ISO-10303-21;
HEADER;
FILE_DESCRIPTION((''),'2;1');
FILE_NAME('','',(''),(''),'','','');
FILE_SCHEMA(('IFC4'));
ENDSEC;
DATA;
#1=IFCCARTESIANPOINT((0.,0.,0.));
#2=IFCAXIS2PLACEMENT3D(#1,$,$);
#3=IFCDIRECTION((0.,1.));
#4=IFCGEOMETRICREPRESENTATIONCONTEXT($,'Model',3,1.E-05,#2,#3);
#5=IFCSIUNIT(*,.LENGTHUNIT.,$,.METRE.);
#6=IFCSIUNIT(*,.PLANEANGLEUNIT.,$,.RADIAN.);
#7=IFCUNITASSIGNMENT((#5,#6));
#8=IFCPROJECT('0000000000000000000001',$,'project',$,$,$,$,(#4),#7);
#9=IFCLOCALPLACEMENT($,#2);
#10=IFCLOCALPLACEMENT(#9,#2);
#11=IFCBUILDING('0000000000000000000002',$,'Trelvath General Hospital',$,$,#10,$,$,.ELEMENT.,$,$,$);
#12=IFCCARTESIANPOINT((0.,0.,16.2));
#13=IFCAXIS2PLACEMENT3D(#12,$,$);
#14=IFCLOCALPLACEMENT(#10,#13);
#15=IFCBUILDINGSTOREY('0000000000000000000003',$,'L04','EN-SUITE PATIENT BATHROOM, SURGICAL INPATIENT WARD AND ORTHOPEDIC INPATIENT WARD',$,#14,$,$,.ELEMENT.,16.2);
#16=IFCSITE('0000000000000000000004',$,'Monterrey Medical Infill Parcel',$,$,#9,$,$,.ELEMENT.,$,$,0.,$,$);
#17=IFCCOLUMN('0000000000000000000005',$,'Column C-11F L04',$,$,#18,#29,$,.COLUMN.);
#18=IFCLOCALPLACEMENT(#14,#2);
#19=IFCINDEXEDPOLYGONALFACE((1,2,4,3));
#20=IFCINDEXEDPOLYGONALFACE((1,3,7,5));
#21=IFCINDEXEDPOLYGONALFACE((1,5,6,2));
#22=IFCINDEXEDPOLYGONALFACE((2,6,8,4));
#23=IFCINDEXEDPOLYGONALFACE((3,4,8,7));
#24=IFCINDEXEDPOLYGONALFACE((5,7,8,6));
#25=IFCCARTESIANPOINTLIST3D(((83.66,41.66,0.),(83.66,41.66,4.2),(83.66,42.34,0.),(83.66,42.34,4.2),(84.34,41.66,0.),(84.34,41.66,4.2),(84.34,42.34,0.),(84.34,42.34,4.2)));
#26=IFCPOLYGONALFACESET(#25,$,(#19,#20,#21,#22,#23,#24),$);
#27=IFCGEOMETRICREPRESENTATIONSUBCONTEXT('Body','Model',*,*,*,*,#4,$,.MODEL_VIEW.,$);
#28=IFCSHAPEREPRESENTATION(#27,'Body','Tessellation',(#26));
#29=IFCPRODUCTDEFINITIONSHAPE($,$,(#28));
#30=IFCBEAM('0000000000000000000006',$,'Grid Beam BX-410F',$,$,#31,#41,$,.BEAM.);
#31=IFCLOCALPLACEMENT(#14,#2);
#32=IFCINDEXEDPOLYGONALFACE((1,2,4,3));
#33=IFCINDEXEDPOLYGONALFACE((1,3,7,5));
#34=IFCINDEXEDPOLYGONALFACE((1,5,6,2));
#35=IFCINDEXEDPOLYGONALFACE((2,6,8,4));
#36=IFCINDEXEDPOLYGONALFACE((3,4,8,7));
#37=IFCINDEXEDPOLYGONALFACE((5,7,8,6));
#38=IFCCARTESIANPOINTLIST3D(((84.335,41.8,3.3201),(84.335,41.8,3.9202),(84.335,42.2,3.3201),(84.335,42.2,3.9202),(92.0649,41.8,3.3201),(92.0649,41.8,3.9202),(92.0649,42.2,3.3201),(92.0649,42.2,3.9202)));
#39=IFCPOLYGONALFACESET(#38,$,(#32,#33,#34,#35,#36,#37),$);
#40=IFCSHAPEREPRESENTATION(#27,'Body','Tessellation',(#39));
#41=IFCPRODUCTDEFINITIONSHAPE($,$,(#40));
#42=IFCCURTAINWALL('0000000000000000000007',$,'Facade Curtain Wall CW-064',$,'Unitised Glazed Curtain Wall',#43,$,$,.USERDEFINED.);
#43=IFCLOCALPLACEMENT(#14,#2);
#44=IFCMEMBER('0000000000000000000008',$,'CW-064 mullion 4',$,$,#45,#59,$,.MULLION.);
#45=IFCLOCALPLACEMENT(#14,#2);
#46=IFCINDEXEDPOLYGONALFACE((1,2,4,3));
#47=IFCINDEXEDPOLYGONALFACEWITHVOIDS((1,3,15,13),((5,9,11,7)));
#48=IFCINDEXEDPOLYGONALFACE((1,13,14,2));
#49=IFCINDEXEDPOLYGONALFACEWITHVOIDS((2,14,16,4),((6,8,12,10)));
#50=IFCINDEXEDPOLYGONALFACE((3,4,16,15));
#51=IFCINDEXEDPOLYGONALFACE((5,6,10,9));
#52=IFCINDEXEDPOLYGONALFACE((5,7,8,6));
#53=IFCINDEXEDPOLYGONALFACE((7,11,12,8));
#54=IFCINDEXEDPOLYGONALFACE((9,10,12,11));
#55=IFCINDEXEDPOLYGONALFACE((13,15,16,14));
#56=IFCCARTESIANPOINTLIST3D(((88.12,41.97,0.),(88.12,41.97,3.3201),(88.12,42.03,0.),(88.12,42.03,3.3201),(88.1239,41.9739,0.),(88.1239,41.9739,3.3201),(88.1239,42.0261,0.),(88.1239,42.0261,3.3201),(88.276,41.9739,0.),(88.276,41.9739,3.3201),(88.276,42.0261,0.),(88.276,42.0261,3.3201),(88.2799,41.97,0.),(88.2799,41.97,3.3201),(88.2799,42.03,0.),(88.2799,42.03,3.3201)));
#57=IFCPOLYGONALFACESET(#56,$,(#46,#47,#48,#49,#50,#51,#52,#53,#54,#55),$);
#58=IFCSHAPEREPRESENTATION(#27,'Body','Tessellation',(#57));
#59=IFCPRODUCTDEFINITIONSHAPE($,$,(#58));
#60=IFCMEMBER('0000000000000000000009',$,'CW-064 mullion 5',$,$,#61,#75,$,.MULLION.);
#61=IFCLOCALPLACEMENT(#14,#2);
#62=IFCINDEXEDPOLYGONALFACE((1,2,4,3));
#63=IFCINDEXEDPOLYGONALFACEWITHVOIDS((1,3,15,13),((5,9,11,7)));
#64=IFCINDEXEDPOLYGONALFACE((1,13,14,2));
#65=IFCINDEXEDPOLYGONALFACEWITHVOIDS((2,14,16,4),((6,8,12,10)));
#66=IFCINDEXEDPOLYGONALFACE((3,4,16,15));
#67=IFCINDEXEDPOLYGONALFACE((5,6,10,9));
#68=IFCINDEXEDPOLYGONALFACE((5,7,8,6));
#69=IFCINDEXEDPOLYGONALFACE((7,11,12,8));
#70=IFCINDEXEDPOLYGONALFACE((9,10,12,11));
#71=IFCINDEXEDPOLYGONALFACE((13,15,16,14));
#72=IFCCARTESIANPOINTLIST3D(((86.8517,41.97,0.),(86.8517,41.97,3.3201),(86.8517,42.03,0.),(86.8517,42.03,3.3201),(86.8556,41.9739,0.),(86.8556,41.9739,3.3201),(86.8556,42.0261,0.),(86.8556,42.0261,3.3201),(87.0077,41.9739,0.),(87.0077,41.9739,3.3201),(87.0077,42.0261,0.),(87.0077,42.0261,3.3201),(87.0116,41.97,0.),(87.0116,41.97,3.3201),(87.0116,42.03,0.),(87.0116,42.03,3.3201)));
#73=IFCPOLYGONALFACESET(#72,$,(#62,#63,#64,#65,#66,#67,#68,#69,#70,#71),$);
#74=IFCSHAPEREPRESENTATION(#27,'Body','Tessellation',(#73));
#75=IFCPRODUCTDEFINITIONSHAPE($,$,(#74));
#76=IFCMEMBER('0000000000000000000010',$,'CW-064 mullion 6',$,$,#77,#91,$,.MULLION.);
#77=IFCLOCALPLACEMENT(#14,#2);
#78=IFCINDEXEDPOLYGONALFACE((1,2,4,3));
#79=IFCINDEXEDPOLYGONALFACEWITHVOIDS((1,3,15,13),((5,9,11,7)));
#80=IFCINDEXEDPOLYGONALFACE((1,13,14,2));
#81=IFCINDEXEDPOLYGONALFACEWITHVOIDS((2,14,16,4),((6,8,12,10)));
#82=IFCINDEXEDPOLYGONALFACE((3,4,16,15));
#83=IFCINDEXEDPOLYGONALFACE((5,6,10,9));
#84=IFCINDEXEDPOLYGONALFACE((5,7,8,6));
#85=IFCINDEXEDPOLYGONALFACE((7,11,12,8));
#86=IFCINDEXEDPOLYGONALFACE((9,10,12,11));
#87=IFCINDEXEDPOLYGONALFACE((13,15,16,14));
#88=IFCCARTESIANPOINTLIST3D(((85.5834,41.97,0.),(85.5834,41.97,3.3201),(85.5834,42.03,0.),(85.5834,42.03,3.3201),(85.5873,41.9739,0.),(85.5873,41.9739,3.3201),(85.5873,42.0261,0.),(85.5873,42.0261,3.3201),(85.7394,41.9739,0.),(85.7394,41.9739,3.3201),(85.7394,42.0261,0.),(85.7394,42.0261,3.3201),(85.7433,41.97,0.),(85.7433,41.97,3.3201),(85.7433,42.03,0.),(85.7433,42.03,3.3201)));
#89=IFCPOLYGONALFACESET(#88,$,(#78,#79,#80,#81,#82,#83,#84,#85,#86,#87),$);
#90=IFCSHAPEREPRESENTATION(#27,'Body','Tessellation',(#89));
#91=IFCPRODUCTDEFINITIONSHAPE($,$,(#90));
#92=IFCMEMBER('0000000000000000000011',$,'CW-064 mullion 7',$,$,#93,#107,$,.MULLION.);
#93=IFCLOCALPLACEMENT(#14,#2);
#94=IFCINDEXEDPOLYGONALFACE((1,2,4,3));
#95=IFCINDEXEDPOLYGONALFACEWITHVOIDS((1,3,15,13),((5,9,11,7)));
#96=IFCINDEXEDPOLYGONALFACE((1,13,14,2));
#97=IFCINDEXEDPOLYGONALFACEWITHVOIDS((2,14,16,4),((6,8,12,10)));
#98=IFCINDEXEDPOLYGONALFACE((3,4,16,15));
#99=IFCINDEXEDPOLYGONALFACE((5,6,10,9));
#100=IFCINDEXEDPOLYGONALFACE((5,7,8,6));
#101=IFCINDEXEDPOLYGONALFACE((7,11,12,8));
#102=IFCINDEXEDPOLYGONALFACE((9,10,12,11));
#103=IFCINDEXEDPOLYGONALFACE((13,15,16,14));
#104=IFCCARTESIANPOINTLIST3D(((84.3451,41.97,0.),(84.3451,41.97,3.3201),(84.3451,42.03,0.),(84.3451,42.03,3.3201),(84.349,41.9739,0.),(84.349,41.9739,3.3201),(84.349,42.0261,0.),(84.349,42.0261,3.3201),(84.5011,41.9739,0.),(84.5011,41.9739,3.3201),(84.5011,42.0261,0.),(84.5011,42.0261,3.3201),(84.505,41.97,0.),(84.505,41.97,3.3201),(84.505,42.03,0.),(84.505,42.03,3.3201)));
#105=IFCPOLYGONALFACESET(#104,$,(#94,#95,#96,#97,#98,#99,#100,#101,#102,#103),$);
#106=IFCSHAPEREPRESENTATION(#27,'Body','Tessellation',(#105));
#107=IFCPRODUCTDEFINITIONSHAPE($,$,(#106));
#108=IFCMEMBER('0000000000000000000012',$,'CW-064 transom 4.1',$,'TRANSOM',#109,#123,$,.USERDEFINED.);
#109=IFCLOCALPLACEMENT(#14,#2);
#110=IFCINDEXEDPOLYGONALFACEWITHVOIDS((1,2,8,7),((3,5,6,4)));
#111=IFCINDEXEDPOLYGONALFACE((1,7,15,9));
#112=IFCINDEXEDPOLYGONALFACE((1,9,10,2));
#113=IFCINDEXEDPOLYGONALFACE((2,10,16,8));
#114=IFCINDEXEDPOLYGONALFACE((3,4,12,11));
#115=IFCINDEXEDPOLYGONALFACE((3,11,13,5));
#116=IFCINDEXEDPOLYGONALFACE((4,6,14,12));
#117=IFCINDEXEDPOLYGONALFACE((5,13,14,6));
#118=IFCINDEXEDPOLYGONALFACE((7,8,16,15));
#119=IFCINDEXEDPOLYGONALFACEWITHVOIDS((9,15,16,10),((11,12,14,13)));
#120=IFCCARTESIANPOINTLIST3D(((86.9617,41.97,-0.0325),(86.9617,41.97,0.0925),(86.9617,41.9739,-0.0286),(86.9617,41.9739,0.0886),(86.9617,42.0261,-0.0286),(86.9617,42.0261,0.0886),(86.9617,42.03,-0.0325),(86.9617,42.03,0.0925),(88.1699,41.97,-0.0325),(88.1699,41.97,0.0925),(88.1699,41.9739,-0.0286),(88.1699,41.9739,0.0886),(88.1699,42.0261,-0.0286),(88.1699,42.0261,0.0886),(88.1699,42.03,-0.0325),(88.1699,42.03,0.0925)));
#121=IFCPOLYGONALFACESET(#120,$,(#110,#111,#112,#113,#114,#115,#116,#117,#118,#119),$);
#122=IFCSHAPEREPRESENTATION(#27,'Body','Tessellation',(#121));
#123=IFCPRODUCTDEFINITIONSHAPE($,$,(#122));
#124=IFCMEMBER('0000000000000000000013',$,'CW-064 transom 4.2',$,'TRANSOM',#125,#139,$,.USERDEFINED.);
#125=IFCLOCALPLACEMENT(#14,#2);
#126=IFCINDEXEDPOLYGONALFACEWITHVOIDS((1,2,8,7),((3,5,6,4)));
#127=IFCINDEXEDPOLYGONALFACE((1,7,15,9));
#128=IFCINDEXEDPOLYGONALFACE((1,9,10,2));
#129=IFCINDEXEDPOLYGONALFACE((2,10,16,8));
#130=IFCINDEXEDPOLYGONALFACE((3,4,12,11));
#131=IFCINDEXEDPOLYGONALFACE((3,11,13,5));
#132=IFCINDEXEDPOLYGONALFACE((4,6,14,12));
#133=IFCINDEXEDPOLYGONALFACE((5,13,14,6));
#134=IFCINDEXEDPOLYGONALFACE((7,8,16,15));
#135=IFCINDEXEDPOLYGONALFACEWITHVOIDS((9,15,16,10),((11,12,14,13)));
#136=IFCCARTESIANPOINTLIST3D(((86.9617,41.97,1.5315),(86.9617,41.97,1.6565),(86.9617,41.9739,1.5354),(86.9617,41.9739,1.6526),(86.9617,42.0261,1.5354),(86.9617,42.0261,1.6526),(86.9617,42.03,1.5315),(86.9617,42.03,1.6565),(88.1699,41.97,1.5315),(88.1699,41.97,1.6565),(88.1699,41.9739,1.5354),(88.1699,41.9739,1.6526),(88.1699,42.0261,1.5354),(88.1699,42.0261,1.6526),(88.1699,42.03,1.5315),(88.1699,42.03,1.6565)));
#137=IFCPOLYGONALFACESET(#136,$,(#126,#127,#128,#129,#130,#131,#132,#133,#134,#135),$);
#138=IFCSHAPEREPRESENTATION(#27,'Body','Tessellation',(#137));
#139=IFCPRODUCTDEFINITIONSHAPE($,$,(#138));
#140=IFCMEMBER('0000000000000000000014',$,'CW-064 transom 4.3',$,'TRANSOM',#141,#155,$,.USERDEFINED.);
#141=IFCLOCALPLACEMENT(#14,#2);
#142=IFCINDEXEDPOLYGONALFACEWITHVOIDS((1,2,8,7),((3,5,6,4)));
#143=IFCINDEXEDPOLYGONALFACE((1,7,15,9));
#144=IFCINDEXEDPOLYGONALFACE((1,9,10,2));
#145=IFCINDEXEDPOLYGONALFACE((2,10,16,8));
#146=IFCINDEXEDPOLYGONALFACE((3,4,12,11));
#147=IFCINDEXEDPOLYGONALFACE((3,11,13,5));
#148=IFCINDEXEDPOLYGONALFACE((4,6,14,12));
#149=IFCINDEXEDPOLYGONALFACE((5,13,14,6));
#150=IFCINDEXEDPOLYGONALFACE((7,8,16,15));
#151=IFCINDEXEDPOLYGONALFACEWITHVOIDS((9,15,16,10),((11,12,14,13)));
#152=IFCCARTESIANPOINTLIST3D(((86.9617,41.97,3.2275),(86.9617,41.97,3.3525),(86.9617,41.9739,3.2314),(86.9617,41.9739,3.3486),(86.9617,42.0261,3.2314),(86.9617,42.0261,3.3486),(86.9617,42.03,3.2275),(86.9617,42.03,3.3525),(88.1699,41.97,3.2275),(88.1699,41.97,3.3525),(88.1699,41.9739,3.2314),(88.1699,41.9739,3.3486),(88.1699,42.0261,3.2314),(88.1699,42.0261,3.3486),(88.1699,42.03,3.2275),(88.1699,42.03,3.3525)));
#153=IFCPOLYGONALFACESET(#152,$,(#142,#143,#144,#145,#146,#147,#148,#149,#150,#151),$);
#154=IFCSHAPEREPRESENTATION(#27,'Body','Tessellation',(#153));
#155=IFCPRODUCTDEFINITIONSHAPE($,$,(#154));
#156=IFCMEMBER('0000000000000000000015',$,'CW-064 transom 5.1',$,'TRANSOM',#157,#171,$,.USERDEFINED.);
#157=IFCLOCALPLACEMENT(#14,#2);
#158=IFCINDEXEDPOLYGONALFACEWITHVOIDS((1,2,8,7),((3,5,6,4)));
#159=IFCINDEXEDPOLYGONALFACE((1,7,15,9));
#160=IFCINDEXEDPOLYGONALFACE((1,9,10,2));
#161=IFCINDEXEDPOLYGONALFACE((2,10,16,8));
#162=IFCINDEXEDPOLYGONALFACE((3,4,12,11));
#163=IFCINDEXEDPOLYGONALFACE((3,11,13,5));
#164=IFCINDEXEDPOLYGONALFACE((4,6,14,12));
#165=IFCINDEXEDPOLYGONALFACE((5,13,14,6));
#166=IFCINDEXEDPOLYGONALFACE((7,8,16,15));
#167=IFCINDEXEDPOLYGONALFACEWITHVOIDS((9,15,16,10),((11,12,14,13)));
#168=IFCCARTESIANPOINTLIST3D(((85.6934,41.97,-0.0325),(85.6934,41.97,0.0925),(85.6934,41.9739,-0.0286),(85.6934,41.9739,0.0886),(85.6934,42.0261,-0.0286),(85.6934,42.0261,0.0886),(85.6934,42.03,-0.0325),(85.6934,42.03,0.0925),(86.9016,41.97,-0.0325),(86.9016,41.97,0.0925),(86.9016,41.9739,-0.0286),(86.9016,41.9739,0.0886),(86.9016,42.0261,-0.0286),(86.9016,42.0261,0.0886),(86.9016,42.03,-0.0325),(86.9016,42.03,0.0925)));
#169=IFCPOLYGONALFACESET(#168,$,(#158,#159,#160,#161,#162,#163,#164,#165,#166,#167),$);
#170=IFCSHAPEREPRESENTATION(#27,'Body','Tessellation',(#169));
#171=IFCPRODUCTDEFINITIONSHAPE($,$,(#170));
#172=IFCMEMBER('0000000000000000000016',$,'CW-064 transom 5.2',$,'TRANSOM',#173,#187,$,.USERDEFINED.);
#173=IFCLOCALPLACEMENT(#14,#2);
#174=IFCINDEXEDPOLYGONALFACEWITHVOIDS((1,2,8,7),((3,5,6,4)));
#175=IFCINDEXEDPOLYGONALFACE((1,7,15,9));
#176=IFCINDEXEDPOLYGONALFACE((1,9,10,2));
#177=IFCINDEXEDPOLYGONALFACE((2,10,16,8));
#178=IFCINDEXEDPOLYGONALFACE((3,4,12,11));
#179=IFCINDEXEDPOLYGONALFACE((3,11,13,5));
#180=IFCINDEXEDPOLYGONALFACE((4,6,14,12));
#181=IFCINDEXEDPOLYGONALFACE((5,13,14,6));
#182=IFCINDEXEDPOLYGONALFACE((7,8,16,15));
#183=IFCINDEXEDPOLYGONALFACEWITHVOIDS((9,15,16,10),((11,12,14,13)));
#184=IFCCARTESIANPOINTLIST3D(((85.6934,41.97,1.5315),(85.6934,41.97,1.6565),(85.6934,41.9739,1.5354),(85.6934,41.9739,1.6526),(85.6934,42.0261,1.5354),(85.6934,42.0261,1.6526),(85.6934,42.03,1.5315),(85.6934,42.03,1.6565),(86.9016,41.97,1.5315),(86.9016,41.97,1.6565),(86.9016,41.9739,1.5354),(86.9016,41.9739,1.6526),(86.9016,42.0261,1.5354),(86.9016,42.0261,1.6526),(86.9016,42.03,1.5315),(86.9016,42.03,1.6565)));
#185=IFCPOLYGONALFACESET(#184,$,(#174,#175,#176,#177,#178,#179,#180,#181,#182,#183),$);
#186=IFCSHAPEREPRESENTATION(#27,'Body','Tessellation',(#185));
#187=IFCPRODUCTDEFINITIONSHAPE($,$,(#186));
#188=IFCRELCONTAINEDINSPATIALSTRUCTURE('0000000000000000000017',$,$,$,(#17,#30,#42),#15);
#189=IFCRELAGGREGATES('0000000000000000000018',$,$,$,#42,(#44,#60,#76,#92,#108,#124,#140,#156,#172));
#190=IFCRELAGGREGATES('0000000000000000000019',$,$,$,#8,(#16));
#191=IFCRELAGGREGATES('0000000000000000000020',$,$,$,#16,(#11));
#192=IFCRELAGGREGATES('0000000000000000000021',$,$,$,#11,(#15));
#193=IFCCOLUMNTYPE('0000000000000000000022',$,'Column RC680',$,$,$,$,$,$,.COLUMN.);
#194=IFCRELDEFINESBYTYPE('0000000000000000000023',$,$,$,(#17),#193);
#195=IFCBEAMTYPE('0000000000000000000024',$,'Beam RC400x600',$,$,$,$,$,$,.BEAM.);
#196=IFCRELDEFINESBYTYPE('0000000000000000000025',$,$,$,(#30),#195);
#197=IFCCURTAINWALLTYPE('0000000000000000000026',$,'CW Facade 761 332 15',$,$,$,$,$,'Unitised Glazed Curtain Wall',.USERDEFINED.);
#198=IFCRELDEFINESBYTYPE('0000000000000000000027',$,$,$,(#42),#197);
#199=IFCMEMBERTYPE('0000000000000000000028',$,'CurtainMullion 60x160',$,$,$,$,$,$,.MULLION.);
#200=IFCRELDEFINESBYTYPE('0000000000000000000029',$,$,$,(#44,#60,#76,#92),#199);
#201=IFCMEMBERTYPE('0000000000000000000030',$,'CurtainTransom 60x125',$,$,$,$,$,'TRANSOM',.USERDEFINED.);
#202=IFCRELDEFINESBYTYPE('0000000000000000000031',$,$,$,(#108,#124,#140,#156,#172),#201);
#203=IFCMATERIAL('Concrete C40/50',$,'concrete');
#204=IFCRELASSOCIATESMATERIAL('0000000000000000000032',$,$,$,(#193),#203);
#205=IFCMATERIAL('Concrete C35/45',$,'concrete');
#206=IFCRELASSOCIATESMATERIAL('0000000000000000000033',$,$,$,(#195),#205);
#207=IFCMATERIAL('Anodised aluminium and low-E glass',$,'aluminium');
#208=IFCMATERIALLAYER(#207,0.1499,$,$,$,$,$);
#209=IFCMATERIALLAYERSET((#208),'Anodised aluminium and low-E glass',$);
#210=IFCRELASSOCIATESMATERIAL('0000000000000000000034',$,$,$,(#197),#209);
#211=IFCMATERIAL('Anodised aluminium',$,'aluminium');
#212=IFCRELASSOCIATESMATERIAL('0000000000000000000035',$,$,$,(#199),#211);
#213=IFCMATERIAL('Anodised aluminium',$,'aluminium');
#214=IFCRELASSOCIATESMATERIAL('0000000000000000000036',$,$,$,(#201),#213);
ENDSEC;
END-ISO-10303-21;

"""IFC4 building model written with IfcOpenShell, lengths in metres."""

from ifc_helpers import new_model, si_unit, direction, frame, origin, origin_2d, place, context, subcontext, project, spatial, rectangle, hollow_rectangle, extrude, material, layer, layer_set, material_profile, profile_set, type_object, element, aggregate, save


model = new_model("IFC4")

# Units and contexts
model_context = context("Model", 3, precision=1e-05, world=origin(), true_north=direction((0.0, 1.0)))
body_context = subcontext(model_context, "Body", "Model", "MODEL_VIEW")
ifc_project = project(units=[si_unit("LENGTHUNIT", "METRE"), si_unit("PLANEANGLEUNIT", "RADIAN")], contexts=[model_context])

# Site, building, storey
site_placement = place(None, origin())
site = spatial("IfcSite", under=ifc_project, at=site_placement, Name="Monterrey Medical Infill Parcel", CompositionType="ELEMENT", RefElevation=0.0)
building_placement = place(site_placement, origin())
building = spatial("IfcBuilding", under=site, at=building_placement, Name="Trelvath General Hospital", CompositionType="ELEMENT")
storey_placement = place(building_placement, frame((0.0, 0.0, 16.2)))
storey = spatial("IfcBuildingStorey", under=building, at=storey_placement, Name="L04", Description="EN-SUITE PATIENT BATHROOM, SURGICAL INPATIENT WARD AND ORTHOPEDIC INPATIENT WARD", CompositionType="ELEMENT", Elevation=16.2)

# Column
ifc_material_1 = material(Name="Concrete C40/50", Category="concrete")
ifc_material_profile_1 = material_profile(ifc_material_1, rectangle(XDim=0.6799, YDim=0.6799, at=origin_2d()), Name="RC680x680")
ifc_profile_set_1 = profile_set([ifc_material_profile_1], Name="Concrete C40/50")
column_type = type_object("IfcColumnType", Name="Column RC680", PredefinedType="COLUMN", material=ifc_profile_set_1)
column_placement = place(storey_placement, frame((84.0, 42.0, 0.0), z_axis=(0.0, 0.0, 1.0), x_axis=(1.0, 0.0, 0.0)))
element("IfcColumn", 1, at=column_placement, inside=storey, type_object=column_type, Name="Column C-11F L04", PredefinedType="COLUMN", context=body_context, shape_type="SweptSolid", body=[
    extrude(rectangle(XDim=0.6799, YDim=0.6799, at=origin_2d()), origin(), (0.0, 0.0, 1.0), 4.2),
])

# Beam
ifc_material_2 = material(Name="Concrete C35/45", Category="concrete")
ifc_material_profile_2 = material_profile(ifc_material_2, rectangle(XDim=0.3999, YDim=0.6001, at=origin_2d()), Name="RCB400x600")
ifc_profile_set_2 = profile_set([ifc_material_profile_2], Name="Concrete C35/45")
beam_type = type_object("IfcBeamType", Name="Beam RC400x600", PredefinedType="BEAM", material=ifc_profile_set_2)
beam_placement = place(storey_placement, frame((84.335, 42.0, 3.6201), z_axis=(1.0, 0.0, 0.0), x_axis=(0.0, 1.0, 0.0)))
element("IfcBeam", 2, at=beam_placement, inside=storey, type_object=beam_type, Name="Grid Beam BX-410F", PredefinedType="BEAM", context=body_context, shape_type="SweptSolid", body=[
    extrude(rectangle(XDim=0.3999, YDim=0.6001, at=origin_2d()), origin(), (0.0, 0.0, 1.0), 7.73),
])

# Curtain wall, members
ifc_material_3 = material(Name="Anodised aluminium and low-E glass", Category="aluminium")
ifc_layer_1 = layer(ifc_material_3, 0.1499)
ifc_layer_set_1 = layer_set([ifc_layer_1], Name="Anodised aluminium and low-E glass")
curtain_wall_type = type_object("IfcCurtainWallType", Name="CW Facade 761 332 15", ElementType="Unitised Glazed Curtain Wall", PredefinedType="USERDEFINED", material=ifc_layer_set_1)
curtain_wall_placement = place(storey_placement, origin())
curtain_wall = element("IfcCurtainWall", 3, at=curtain_wall_placement, inside=storey, type_object=curtain_wall_type, Name="Facade Curtain Wall CW-064", ObjectType="Unitised Glazed Curtain Wall", PredefinedType="USERDEFINED")
ifc_material_4 = material(Name="Anodised aluminium", Category="aluminium")
ifc_material_profile_3 = material_profile(ifc_material_4, hollow_rectangle(XDim=0.0601, YDim=0.1599, WallThickness=0.0039, at=origin_2d()), Name="RHS60x160x4")
ifc_profile_set_3 = profile_set([ifc_material_profile_3], Name="Anodised aluminium")
member_type_1 = type_object("IfcMemberType", Name="CurtainMullion 60x160", PredefinedType="MULLION", material=ifc_profile_set_3)
member_1_placement = place(storey_placement, frame((88.2, 42.0, 0.0), z_axis=(0.0, 0.0, 1.0), x_axis=(0.0, -1.0, 0.0)))
member_1 = element("IfcMember", 4, at=member_1_placement, type_object=member_type_1, Name="CW-064 mullion 4", PredefinedType="MULLION", context=body_context, shape_type="SweptSolid", body=[
    extrude(hollow_rectangle(XDim=0.0601, YDim=0.1599, WallThickness=0.0039, at=origin_2d()), origin(), (0.0, 0.0, 1.0), 3.3201),
])
member_2_placement = place(storey_placement, frame((86.9316, 42.0, 0.0), z_axis=(0.0, 0.0, 1.0), x_axis=(0.0, -1.0, 0.0)))
member_2 = element("IfcMember", 5, at=member_2_placement, type_object=member_type_1, Name="CW-064 mullion 5", PredefinedType="MULLION", context=body_context, shape_type="SweptSolid", body=[
    extrude(hollow_rectangle(XDim=0.0601, YDim=0.1599, WallThickness=0.0039, at=origin_2d()), origin(), (0.0, 0.0, 1.0), 3.3201),
])
member_3_placement = place(storey_placement, frame((85.6633, 42.0, 0.0), z_axis=(0.0, 0.0, 1.0), x_axis=(0.0, -1.0, 0.0)))
member_3 = element("IfcMember", 6, at=member_3_placement, type_object=member_type_1, Name="CW-064 mullion 6", PredefinedType="MULLION", context=body_context, shape_type="SweptSolid", body=[
    extrude(hollow_rectangle(XDim=0.0601, YDim=0.1599, WallThickness=0.0039, at=origin_2d()), origin(), (0.0, 0.0, 1.0), 3.3201),
])
member_4_placement = place(storey_placement, frame((84.425, 42.0, 0.0), z_axis=(0.0, 0.0, 1.0), x_axis=(0.0, -1.0, 0.0)))
member_4 = element("IfcMember", 7, at=member_4_placement, type_object=member_type_1, Name="CW-064 mullion 7", PredefinedType="MULLION", context=body_context, shape_type="SweptSolid", body=[
    extrude(hollow_rectangle(XDim=0.0601, YDim=0.1599, WallThickness=0.0039, at=origin_2d()), origin(), (0.0, 0.0, 1.0), 3.3201),
])
ifc_material_5 = material(Name="Anodised aluminium", Category="aluminium")
ifc_material_profile_4 = material_profile(ifc_material_5, hollow_rectangle(XDim=0.0601, YDim=0.125, WallThickness=0.0039, at=origin_2d()), Name="RHS60x125x4")
ifc_profile_set_4 = profile_set([ifc_material_profile_4], Name="Anodised aluminium")
member_type_2 = type_object("IfcMemberType", Name="CurtainTransom 60x125", ElementType="TRANSOM", PredefinedType="USERDEFINED", material=ifc_profile_set_4)
member_5_placement = place(storey_placement, frame((88.1699, 42.0, 0.03), z_axis=(-1.0, 0.0, 0.0), x_axis=(0.0, -1.0, 0.0)))
member_5 = element("IfcMember", 8, at=member_5_placement, type_object=member_type_2, Name="CW-064 transom 4.1", ObjectType="TRANSOM", PredefinedType="USERDEFINED", context=body_context, shape_type="SweptSolid", body=[
    extrude(hollow_rectangle(XDim=0.0601, YDim=0.125, WallThickness=0.0039, at=origin_2d()), origin(), (0.0, 0.0, 1.0), 1.2083),
])
member_6_placement = place(storey_placement, frame((88.1699, 42.0, 1.594), z_axis=(-1.0, 0.0, 0.0), x_axis=(0.0, -1.0, 0.0)))
member_6 = element("IfcMember", 9, at=member_6_placement, type_object=member_type_2, Name="CW-064 transom 4.2", ObjectType="TRANSOM", PredefinedType="USERDEFINED", context=body_context, shape_type="SweptSolid", body=[
    extrude(hollow_rectangle(XDim=0.0601, YDim=0.125, WallThickness=0.0039, at=origin_2d()), origin(), (0.0, 0.0, 1.0), 1.2083),
])
member_7_placement = place(storey_placement, frame((88.1699, 42.0, 3.29), z_axis=(-1.0, 0.0, 0.0), x_axis=(0.0, -1.0, 0.0)))
member_7 = element("IfcMember", 10, at=member_7_placement, type_object=member_type_2, Name="CW-064 transom 4.3", ObjectType="TRANSOM", PredefinedType="USERDEFINED", context=body_context, shape_type="SweptSolid", body=[
    extrude(hollow_rectangle(XDim=0.0601, YDim=0.125, WallThickness=0.0039, at=origin_2d()), origin(), (0.0, 0.0, 1.0), 1.2083),
])
member_8_placement = place(storey_placement, frame((86.9016, 42.0, 0.03), z_axis=(-1.0, 0.0, 0.0), x_axis=(0.0, -1.0, 0.0)))
member_8 = element("IfcMember", 11, at=member_8_placement, type_object=member_type_2, Name="CW-064 transom 5.1", ObjectType="TRANSOM", PredefinedType="USERDEFINED", context=body_context, shape_type="SweptSolid", body=[
    extrude(hollow_rectangle(XDim=0.0601, YDim=0.125, WallThickness=0.0039, at=origin_2d()), origin(), (0.0, 0.0, 1.0), 1.2083),
])
member_9_placement = place(storey_placement, frame((86.9016, 42.0, 1.594), z_axis=(-1.0, 0.0, 0.0), x_axis=(0.0, -1.0, 0.0)))
member_9 = element("IfcMember", 12, at=member_9_placement, type_object=member_type_2, Name="CW-064 transom 5.2", ObjectType="TRANSOM", PredefinedType="USERDEFINED", context=body_context, shape_type="SweptSolid", body=[
    extrude(hollow_rectangle(XDim=0.0601, YDim=0.125, WallThickness=0.0039, at=origin_2d()), origin(), (0.0, 0.0, 1.0), 1.2083),
])
aggregate(curtain_wall, [member_1, member_2, member_3, member_4, member_5, member_6, member_7, member_8, member_9])

save(model, "model.ifc")
